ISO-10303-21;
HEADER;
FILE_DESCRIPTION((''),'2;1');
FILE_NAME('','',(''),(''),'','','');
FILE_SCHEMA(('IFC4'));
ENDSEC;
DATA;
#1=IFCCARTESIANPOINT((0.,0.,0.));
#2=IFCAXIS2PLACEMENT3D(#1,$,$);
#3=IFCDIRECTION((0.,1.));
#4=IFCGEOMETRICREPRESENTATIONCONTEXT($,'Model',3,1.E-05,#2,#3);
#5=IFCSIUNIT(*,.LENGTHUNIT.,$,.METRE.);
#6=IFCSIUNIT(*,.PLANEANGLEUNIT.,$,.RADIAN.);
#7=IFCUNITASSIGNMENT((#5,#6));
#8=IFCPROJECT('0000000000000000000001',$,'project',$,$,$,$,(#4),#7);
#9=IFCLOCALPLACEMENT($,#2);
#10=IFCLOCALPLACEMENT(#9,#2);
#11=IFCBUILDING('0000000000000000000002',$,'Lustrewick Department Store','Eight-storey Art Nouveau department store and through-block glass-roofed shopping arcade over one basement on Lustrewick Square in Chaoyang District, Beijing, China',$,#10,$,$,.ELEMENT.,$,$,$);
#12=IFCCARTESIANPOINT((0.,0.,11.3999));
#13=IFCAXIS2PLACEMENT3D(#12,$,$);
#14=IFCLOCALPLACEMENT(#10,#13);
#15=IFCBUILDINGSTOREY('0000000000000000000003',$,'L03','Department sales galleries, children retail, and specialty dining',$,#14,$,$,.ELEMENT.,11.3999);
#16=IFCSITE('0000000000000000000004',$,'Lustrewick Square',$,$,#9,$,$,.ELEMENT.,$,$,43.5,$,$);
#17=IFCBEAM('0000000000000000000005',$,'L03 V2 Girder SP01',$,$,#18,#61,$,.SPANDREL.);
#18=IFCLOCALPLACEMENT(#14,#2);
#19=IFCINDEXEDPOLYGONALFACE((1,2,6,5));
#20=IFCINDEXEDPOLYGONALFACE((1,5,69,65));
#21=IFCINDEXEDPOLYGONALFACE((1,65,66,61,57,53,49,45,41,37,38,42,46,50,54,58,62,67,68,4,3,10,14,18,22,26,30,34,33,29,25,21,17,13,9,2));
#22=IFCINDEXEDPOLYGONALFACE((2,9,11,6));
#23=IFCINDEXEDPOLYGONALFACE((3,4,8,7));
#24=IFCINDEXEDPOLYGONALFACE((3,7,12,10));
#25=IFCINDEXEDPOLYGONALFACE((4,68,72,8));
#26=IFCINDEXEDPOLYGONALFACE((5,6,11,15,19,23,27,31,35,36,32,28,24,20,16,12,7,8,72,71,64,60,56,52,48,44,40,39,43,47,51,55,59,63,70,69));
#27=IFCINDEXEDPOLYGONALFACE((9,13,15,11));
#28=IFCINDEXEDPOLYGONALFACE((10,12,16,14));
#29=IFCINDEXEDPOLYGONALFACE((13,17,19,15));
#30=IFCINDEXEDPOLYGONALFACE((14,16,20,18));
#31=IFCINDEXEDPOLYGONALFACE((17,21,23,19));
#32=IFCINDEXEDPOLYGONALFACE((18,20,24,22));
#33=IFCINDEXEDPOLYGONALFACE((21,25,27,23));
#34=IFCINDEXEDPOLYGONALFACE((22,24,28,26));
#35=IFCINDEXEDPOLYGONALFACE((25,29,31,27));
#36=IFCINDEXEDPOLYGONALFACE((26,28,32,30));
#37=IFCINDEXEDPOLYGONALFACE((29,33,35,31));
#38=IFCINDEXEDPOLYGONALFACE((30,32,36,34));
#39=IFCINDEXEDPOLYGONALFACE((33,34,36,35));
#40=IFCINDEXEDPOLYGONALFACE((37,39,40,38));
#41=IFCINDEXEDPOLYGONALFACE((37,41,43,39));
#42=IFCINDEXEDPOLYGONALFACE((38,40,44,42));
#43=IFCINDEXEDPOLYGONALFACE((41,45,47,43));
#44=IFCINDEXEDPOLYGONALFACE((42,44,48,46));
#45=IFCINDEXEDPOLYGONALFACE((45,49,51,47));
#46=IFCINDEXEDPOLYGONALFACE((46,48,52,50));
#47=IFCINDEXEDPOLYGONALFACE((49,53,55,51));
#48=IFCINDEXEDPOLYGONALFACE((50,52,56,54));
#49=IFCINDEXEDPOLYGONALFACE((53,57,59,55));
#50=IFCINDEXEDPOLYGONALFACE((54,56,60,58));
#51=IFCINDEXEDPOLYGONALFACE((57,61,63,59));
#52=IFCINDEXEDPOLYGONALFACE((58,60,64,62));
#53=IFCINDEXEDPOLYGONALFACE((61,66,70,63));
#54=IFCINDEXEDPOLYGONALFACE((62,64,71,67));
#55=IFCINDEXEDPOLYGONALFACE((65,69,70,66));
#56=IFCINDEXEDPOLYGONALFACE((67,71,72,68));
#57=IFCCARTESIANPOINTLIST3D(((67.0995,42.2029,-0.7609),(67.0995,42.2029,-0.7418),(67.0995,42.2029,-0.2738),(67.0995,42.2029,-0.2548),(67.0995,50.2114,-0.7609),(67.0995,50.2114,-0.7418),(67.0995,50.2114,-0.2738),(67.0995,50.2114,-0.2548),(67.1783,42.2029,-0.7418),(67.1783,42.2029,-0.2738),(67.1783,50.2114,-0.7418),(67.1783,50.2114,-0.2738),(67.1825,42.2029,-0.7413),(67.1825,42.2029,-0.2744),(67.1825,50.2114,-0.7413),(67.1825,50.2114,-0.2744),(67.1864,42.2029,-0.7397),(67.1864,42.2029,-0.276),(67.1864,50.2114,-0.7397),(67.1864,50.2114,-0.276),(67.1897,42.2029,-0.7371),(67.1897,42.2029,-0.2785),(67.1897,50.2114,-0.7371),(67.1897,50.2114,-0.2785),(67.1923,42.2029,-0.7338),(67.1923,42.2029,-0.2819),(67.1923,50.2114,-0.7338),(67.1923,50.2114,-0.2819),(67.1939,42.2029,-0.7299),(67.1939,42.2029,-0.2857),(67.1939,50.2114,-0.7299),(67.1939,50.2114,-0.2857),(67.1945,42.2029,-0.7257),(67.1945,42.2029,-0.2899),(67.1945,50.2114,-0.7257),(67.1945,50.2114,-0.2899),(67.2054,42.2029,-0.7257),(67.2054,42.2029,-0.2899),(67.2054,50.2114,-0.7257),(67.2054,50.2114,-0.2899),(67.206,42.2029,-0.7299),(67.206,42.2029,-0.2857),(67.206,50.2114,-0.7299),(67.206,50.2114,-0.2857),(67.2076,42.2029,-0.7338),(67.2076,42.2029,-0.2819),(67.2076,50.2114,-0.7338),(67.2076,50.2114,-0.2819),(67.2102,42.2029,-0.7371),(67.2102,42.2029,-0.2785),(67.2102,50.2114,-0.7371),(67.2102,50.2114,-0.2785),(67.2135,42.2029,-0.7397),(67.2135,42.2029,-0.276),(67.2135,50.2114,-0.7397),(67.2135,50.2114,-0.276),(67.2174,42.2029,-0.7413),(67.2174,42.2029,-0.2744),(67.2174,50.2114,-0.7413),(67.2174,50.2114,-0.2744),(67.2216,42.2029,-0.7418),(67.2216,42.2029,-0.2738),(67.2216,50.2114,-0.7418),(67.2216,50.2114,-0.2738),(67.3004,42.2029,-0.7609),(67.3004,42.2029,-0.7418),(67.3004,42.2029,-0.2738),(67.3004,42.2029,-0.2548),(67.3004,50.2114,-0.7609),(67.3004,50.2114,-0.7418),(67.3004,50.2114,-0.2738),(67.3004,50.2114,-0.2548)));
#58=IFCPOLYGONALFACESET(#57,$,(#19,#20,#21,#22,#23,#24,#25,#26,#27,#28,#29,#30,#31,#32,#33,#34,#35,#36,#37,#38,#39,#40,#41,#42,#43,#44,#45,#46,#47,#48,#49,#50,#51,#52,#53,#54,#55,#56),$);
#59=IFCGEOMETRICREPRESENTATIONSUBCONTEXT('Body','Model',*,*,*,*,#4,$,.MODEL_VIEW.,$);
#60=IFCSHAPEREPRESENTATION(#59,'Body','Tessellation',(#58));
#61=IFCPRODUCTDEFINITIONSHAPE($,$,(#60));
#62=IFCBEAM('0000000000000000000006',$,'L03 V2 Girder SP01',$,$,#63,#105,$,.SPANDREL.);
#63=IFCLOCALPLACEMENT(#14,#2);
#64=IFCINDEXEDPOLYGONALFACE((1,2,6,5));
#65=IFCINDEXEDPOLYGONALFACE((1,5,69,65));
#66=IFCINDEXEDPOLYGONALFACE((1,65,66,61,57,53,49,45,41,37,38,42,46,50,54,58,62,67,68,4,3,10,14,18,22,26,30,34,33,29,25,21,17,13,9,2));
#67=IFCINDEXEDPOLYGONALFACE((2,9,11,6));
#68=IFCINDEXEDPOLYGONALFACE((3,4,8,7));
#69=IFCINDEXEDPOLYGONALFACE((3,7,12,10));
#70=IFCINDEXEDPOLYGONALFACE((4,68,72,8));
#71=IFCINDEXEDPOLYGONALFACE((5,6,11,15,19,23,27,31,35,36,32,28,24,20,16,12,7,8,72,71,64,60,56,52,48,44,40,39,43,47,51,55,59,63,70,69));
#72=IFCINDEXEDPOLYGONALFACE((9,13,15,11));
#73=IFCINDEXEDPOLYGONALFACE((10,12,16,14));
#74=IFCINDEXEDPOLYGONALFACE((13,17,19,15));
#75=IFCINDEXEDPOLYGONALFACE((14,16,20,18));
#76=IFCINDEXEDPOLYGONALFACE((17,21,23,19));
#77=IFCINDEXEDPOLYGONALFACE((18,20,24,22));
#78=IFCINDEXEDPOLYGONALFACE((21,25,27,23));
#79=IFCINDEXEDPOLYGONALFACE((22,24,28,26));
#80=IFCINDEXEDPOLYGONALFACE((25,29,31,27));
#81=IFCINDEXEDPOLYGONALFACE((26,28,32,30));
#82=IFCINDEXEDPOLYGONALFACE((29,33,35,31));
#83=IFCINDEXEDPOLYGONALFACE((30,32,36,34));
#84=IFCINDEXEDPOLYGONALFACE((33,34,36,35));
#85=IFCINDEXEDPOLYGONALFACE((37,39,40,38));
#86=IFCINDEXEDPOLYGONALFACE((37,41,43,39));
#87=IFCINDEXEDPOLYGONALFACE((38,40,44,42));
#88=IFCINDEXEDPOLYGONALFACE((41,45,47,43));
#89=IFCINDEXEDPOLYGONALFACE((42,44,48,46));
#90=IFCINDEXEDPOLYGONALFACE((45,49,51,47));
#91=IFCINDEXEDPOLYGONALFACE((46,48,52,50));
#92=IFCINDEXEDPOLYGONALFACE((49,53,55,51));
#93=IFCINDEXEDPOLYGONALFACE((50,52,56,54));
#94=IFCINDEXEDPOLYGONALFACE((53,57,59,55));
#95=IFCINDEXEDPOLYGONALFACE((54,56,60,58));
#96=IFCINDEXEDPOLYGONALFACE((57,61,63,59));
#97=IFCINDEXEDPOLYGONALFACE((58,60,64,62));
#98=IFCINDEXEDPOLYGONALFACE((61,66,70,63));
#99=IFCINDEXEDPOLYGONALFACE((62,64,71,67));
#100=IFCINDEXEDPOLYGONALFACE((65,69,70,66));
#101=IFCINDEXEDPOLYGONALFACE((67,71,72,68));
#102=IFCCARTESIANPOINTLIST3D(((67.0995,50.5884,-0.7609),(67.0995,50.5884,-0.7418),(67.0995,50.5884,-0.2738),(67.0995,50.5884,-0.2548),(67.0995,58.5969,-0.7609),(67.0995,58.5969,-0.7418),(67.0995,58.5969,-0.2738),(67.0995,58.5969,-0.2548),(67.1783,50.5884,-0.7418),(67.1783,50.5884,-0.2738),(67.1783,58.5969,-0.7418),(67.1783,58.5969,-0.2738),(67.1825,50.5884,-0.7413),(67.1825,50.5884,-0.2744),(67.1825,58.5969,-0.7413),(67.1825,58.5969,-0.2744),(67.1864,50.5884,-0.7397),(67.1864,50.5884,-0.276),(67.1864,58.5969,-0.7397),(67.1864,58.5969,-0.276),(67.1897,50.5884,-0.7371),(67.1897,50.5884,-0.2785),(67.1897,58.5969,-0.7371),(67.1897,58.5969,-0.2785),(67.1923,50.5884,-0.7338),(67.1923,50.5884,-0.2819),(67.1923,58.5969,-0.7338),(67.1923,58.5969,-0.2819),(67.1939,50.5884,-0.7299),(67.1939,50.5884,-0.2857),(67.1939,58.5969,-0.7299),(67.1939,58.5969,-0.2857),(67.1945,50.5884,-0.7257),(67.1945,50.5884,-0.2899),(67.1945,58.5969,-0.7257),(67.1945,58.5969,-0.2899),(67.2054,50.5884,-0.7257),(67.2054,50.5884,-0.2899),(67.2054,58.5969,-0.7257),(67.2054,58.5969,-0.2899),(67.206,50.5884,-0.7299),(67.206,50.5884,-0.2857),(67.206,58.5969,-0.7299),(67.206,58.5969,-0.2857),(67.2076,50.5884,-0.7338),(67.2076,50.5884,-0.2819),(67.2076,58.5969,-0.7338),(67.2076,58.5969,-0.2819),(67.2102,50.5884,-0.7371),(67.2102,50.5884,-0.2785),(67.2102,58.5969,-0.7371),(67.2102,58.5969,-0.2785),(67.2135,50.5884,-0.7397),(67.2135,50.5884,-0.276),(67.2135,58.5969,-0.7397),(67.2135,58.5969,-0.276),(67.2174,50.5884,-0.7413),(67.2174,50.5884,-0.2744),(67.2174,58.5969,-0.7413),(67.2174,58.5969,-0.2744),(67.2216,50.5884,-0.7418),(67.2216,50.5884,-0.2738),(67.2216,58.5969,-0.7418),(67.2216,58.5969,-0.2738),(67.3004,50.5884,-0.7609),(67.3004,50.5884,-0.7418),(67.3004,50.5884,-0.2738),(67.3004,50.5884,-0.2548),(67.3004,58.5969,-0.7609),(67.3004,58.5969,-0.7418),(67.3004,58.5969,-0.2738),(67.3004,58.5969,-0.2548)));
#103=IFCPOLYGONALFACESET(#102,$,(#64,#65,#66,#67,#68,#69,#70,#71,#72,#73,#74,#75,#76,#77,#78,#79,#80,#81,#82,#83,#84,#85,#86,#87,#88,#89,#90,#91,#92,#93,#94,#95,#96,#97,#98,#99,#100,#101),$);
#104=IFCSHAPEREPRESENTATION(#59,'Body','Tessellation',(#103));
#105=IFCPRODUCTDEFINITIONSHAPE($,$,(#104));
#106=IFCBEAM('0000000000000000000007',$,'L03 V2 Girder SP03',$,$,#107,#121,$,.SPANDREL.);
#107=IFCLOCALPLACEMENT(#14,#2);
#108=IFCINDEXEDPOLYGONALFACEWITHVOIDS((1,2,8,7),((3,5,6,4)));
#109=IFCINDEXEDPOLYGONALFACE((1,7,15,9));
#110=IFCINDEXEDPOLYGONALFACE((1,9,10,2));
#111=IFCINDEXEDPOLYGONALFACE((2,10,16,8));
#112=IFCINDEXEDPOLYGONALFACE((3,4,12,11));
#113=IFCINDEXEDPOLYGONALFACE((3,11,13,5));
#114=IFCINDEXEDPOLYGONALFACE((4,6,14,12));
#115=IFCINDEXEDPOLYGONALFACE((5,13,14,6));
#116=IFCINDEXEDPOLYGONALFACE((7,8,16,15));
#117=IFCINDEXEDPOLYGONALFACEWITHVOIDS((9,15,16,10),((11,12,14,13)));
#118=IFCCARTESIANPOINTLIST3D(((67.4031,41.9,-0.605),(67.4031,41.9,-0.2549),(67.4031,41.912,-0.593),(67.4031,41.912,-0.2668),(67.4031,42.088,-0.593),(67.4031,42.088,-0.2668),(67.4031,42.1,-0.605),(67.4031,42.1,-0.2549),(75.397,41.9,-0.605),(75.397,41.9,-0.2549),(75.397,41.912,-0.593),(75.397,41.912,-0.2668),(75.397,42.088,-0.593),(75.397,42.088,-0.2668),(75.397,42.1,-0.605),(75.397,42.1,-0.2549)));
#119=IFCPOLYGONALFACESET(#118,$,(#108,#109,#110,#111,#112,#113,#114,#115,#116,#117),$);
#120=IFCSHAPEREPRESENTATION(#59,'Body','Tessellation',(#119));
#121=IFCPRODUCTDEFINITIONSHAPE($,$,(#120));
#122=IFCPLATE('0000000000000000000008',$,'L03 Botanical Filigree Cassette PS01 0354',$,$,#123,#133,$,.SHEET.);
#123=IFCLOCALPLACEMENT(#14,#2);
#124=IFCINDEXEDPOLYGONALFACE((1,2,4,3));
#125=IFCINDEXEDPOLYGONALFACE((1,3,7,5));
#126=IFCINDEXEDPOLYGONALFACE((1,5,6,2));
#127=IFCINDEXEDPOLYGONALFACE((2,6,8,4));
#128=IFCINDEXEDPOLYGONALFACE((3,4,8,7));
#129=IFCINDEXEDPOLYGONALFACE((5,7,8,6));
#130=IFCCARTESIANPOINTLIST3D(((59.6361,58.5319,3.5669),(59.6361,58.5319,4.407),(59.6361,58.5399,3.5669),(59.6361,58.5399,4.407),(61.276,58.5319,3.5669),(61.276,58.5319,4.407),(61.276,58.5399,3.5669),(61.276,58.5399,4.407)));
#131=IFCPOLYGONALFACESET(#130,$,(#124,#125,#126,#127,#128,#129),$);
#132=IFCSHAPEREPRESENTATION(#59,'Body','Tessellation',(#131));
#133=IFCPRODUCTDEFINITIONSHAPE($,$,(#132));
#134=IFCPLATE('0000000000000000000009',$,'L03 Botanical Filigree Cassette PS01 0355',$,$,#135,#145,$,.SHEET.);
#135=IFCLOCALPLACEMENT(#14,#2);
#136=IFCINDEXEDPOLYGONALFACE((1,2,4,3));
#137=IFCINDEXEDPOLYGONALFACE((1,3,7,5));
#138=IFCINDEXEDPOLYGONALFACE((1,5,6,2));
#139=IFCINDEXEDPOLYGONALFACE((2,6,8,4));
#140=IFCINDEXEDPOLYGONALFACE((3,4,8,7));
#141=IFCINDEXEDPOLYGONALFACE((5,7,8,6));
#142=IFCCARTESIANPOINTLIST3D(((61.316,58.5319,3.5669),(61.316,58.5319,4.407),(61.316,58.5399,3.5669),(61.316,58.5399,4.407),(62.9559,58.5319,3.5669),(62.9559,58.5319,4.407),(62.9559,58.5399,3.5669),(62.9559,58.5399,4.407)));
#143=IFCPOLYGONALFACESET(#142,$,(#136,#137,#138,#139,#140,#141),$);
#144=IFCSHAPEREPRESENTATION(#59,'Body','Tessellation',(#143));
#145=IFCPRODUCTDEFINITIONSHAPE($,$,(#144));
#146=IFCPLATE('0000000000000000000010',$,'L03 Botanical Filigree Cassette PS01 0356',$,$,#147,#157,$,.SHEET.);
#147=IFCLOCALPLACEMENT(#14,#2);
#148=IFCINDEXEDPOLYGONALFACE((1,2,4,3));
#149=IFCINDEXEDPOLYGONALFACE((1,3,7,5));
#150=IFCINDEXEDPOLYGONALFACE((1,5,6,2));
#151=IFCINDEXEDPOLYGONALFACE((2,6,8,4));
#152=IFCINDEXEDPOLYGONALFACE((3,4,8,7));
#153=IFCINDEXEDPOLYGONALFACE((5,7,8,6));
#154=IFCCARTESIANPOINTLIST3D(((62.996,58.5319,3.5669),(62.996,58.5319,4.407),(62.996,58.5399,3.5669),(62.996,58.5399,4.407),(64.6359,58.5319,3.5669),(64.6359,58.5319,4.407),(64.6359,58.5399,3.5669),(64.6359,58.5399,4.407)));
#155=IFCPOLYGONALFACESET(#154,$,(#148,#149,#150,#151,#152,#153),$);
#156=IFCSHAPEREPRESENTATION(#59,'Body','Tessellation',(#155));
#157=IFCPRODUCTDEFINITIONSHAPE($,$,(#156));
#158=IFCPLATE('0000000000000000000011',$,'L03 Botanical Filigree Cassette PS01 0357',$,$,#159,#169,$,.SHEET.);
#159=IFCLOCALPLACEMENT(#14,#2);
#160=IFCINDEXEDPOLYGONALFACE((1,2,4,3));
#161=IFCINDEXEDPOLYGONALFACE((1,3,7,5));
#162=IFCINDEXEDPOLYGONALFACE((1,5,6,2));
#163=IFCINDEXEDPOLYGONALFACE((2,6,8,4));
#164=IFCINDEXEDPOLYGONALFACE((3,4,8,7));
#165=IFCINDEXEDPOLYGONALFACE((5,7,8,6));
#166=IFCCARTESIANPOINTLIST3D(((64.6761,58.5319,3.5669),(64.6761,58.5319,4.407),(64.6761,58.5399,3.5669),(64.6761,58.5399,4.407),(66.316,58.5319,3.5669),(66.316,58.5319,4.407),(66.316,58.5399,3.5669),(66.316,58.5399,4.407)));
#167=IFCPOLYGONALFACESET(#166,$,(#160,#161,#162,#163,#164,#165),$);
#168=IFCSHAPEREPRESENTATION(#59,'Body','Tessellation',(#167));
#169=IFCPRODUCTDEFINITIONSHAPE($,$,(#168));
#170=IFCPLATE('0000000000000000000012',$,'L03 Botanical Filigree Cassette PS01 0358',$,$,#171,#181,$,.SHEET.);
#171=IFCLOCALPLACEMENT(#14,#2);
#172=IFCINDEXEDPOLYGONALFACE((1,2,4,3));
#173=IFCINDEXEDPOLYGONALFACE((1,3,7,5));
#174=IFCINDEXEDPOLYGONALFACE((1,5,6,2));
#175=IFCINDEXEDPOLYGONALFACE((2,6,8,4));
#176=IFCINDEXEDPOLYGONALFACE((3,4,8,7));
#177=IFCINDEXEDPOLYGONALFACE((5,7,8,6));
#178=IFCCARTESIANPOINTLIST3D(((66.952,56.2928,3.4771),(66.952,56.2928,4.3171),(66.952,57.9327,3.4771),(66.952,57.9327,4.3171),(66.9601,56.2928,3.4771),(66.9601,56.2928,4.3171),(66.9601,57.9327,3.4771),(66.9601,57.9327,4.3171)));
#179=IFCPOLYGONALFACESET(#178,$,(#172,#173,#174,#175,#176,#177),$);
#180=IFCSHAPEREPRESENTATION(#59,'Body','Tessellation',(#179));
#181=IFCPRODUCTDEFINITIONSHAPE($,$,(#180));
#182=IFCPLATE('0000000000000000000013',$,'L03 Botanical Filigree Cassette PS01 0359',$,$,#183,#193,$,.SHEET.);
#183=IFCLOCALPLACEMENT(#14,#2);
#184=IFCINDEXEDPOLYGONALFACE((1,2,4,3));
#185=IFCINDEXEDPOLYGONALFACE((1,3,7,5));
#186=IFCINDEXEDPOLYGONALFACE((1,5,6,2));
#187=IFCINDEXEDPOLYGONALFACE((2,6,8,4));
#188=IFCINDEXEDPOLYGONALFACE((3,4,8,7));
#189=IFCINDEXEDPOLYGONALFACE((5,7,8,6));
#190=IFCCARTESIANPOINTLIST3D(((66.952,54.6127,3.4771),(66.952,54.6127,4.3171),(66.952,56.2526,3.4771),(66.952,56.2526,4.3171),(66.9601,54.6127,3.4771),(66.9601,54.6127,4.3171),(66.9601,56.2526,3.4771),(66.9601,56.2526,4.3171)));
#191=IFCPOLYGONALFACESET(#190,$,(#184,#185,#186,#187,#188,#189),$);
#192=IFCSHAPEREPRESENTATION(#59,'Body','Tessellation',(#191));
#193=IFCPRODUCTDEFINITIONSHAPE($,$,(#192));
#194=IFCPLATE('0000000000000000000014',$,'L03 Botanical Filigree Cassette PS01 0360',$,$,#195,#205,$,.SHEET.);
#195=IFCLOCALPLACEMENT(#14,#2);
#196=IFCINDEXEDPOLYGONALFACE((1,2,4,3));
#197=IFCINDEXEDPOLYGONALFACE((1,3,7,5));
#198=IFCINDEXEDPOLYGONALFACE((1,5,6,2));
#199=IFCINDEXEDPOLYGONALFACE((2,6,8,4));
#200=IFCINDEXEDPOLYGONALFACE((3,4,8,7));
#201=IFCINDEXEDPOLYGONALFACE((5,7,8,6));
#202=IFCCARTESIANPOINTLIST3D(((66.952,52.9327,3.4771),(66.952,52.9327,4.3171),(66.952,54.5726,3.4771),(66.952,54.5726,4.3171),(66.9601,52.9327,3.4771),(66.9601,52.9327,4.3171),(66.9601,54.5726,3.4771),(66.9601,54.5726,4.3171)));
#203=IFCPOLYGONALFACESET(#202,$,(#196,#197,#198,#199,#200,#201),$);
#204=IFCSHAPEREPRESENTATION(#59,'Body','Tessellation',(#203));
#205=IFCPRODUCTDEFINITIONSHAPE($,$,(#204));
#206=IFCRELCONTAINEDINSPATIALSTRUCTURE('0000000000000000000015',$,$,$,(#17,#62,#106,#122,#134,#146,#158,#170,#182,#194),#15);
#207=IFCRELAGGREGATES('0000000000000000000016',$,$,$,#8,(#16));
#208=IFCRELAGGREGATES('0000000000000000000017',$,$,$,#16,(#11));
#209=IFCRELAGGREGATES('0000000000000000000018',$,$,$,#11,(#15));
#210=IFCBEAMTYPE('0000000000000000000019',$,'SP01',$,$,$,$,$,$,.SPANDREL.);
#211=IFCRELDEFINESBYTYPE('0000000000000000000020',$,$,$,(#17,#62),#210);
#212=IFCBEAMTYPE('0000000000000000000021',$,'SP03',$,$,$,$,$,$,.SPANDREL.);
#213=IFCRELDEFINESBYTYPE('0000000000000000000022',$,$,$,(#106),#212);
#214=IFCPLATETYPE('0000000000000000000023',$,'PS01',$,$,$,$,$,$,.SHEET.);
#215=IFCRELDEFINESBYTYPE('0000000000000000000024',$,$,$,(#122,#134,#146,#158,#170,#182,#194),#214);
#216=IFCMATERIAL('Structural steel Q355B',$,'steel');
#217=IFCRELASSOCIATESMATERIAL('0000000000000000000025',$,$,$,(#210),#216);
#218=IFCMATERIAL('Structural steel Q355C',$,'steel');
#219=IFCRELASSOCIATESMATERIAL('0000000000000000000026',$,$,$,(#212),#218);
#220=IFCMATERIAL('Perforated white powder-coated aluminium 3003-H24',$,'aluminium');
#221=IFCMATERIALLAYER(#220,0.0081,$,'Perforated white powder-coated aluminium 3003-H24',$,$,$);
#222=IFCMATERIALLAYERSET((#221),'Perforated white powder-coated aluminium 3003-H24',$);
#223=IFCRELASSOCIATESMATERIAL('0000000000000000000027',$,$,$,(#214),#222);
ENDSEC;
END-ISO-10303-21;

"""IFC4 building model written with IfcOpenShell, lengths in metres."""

from ifc_helpers import new_model, si_unit, direction, frame, origin, origin_2d, place, context, subcontext, project, spatial, rectangle, hollow_rectangle, i_section, extrude, material, layer, layer_set, material_profile, profile_set, type_object, element, save


model = new_model("IFC4")

# Units and contexts
model_context = context("Model", 3, precision=1e-05, world=origin(), true_north=direction((0.0, 1.0)))
body_context = subcontext(model_context, "Body", "Model", "MODEL_VIEW")
ifc_project = project(units=[si_unit("LENGTHUNIT", "METRE"), si_unit("PLANEANGLEUNIT", "RADIAN")], contexts=[model_context])

# Site, building, storey
site_placement = place(None, origin())
site = spatial("IfcSite", under=ifc_project, at=site_placement, Name="Lustrewick Square", CompositionType="ELEMENT", RefElevation=43.5)
building_placement = place(site_placement, origin())
building = spatial("IfcBuilding", under=site, at=building_placement, Name="Lustrewick Department Store", Description="Eight-storey Art Nouveau department store and through-block glass-roofed shopping arcade over one basement on Lustrewick Square in Chaoyang District, Beijing, China", CompositionType="ELEMENT")
storey_placement = place(building_placement, frame((0.0, 0.0, 11.3999)))
storey = spatial("IfcBuildingStorey", under=building, at=storey_placement, Name="L03", Description="Department sales galleries, children retail, and specialty dining", CompositionType="ELEMENT", Elevation=11.3999)

# Shared definitions
ifc_material_1 = material(Name="Structural steel Q355C", Category="steel")
ifc_material_2 = material(Name="Structural steel Q355B", Category="steel")

# Beams
ifc_material_profile_1 = material_profile(ifc_material_2, i_section(OverallWidth=0.2009, OverallDepth=0.5061, WebThickness=0.011, FlangeThickness=0.019, FilletRadius=0.0161, at=origin_2d()), Name="HN 506x201x11x19")
ifc_profile_set_1 = profile_set([ifc_material_profile_1], Name="Structural steel Q355B")
beam_type_1 = type_object("IfcBeamType", Name="SP01", PredefinedType="SPANDREL", material=ifc_profile_set_1)
for number, where, z_axis, x_axis, name in (
    (1, (67.2, 42.2029, -0.5078), (0.0, 1.0, 0.0), (-1.0, 0.0, 0.0), "L03 V2 Girder SP01"),
    (2, (67.2, 50.5884, -0.5078), (0.0, 1.0, 0.0), (-1.0, 0.0, 0.0), "L03 V2 Girder SP01"),
):
    element("IfcBeam", number, at=place(storey_placement, frame(where, z_axis=z_axis, x_axis=x_axis)), inside=storey, type_object=beam_type_1, Name=name, PredefinedType="SPANDREL", context=body_context, shape_type="SweptSolid", body=[
        extrude(i_section(OverallWidth=0.2009, OverallDepth=0.5061, WebThickness=0.011, FlangeThickness=0.019, FilletRadius=0.0161, at=origin_2d()), origin(), (0.0, 0.0, 1.0), 8.0085),
    ])
ifc_material_profile_2 = material_profile(ifc_material_1, hollow_rectangle(XDim=0.2, YDim=0.3501, WallThickness=0.012, at=origin_2d()), Name="RHS 350x200x12")
ifc_profile_set_2 = profile_set([ifc_material_profile_2], Name="Structural steel Q355C")
beam_type_2 = type_object("IfcBeamType", Name="SP03", PredefinedType="SPANDREL", material=ifc_profile_set_2)
beam_1_placement = place(storey_placement, frame((67.4031, 42.0, -0.4299), z_axis=(1.0, 0.0, 0.0), x_axis=(0.0, 1.0, 0.0)))
element("IfcBeam", 3, at=beam_1_placement, inside=storey, type_object=beam_type_2, Name="L03 V2 Girder SP03", PredefinedType="SPANDREL", context=body_context, shape_type="SweptSolid", body=[
    extrude(hollow_rectangle(XDim=0.2, YDim=0.3501, WallThickness=0.012, at=origin_2d()), origin(), (0.0, 0.0, 1.0), 7.9939),
])

# Plates
ifc_material_3 = material(Name="Perforated white powder-coated aluminium 3003-H24", Category="aluminium")
ifc_layer_1 = layer(ifc_material_3, 0.0081, Name="Perforated white powder-coated aluminium 3003-H24")
ifc_layer_set_1 = layer_set([ifc_layer_1], Name="Perforated white powder-coated aluminium 3003-H24")
plate_type_1 = type_object("IfcPlateType", Name="PS01", PredefinedType="SHEET", material=ifc_layer_set_1)
for number, where, z_axis, x_axis, name in (
    (4, (60.4561, 58.5359, 3.5669), (0.0, 0.0, 1.0), (1.0, 0.0, 0.0), "L03 Botanical Filigree Cassette PS01 0354"),
    (5, (62.136, 58.5359, 3.5669), (0.0, 0.0, 1.0), (1.0, 0.0, 0.0), "L03 Botanical Filigree Cassette PS01 0355"),
    (6, (63.8159, 58.5359, 3.5669), (0.0, 0.0, 1.0), (1.0, 0.0, 0.0), "L03 Botanical Filigree Cassette PS01 0356"),
    (7, (65.4961, 58.5359, 3.5669), (0.0, 0.0, 1.0), (1.0, 0.0, 0.0), "L03 Botanical Filigree Cassette PS01 0357"),
    (8, (66.9561, 57.1128, 3.4771), (0.0, 0.0, 1.0), (0.0, -1.0, 0.0), "L03 Botanical Filigree Cassette PS01 0358"),
    (9, (66.9561, 55.4326, 3.4771), (0.0, 0.0, 1.0), (0.0, -1.0, 0.0), "L03 Botanical Filigree Cassette PS01 0359"),
    (10, (66.9561, 53.7527, 3.4771), (0.0, 0.0, 1.0), (0.0, -1.0, 0.0), "L03 Botanical Filigree Cassette PS01 0360"),
):
    element("IfcPlate", number, at=place(storey_placement, frame(where, z_axis=z_axis, x_axis=x_axis)), inside=storey, type_object=plate_type_1, Name=name, PredefinedType="SHEET", context=body_context, shape_type="SweptSolid", body=[
        extrude(rectangle(XDim=1.6399, YDim=0.0081, at=origin_2d()), origin(), (0.0, 0.0, 1.0), 0.8401),
    ])

save(model, "model.ifc")
